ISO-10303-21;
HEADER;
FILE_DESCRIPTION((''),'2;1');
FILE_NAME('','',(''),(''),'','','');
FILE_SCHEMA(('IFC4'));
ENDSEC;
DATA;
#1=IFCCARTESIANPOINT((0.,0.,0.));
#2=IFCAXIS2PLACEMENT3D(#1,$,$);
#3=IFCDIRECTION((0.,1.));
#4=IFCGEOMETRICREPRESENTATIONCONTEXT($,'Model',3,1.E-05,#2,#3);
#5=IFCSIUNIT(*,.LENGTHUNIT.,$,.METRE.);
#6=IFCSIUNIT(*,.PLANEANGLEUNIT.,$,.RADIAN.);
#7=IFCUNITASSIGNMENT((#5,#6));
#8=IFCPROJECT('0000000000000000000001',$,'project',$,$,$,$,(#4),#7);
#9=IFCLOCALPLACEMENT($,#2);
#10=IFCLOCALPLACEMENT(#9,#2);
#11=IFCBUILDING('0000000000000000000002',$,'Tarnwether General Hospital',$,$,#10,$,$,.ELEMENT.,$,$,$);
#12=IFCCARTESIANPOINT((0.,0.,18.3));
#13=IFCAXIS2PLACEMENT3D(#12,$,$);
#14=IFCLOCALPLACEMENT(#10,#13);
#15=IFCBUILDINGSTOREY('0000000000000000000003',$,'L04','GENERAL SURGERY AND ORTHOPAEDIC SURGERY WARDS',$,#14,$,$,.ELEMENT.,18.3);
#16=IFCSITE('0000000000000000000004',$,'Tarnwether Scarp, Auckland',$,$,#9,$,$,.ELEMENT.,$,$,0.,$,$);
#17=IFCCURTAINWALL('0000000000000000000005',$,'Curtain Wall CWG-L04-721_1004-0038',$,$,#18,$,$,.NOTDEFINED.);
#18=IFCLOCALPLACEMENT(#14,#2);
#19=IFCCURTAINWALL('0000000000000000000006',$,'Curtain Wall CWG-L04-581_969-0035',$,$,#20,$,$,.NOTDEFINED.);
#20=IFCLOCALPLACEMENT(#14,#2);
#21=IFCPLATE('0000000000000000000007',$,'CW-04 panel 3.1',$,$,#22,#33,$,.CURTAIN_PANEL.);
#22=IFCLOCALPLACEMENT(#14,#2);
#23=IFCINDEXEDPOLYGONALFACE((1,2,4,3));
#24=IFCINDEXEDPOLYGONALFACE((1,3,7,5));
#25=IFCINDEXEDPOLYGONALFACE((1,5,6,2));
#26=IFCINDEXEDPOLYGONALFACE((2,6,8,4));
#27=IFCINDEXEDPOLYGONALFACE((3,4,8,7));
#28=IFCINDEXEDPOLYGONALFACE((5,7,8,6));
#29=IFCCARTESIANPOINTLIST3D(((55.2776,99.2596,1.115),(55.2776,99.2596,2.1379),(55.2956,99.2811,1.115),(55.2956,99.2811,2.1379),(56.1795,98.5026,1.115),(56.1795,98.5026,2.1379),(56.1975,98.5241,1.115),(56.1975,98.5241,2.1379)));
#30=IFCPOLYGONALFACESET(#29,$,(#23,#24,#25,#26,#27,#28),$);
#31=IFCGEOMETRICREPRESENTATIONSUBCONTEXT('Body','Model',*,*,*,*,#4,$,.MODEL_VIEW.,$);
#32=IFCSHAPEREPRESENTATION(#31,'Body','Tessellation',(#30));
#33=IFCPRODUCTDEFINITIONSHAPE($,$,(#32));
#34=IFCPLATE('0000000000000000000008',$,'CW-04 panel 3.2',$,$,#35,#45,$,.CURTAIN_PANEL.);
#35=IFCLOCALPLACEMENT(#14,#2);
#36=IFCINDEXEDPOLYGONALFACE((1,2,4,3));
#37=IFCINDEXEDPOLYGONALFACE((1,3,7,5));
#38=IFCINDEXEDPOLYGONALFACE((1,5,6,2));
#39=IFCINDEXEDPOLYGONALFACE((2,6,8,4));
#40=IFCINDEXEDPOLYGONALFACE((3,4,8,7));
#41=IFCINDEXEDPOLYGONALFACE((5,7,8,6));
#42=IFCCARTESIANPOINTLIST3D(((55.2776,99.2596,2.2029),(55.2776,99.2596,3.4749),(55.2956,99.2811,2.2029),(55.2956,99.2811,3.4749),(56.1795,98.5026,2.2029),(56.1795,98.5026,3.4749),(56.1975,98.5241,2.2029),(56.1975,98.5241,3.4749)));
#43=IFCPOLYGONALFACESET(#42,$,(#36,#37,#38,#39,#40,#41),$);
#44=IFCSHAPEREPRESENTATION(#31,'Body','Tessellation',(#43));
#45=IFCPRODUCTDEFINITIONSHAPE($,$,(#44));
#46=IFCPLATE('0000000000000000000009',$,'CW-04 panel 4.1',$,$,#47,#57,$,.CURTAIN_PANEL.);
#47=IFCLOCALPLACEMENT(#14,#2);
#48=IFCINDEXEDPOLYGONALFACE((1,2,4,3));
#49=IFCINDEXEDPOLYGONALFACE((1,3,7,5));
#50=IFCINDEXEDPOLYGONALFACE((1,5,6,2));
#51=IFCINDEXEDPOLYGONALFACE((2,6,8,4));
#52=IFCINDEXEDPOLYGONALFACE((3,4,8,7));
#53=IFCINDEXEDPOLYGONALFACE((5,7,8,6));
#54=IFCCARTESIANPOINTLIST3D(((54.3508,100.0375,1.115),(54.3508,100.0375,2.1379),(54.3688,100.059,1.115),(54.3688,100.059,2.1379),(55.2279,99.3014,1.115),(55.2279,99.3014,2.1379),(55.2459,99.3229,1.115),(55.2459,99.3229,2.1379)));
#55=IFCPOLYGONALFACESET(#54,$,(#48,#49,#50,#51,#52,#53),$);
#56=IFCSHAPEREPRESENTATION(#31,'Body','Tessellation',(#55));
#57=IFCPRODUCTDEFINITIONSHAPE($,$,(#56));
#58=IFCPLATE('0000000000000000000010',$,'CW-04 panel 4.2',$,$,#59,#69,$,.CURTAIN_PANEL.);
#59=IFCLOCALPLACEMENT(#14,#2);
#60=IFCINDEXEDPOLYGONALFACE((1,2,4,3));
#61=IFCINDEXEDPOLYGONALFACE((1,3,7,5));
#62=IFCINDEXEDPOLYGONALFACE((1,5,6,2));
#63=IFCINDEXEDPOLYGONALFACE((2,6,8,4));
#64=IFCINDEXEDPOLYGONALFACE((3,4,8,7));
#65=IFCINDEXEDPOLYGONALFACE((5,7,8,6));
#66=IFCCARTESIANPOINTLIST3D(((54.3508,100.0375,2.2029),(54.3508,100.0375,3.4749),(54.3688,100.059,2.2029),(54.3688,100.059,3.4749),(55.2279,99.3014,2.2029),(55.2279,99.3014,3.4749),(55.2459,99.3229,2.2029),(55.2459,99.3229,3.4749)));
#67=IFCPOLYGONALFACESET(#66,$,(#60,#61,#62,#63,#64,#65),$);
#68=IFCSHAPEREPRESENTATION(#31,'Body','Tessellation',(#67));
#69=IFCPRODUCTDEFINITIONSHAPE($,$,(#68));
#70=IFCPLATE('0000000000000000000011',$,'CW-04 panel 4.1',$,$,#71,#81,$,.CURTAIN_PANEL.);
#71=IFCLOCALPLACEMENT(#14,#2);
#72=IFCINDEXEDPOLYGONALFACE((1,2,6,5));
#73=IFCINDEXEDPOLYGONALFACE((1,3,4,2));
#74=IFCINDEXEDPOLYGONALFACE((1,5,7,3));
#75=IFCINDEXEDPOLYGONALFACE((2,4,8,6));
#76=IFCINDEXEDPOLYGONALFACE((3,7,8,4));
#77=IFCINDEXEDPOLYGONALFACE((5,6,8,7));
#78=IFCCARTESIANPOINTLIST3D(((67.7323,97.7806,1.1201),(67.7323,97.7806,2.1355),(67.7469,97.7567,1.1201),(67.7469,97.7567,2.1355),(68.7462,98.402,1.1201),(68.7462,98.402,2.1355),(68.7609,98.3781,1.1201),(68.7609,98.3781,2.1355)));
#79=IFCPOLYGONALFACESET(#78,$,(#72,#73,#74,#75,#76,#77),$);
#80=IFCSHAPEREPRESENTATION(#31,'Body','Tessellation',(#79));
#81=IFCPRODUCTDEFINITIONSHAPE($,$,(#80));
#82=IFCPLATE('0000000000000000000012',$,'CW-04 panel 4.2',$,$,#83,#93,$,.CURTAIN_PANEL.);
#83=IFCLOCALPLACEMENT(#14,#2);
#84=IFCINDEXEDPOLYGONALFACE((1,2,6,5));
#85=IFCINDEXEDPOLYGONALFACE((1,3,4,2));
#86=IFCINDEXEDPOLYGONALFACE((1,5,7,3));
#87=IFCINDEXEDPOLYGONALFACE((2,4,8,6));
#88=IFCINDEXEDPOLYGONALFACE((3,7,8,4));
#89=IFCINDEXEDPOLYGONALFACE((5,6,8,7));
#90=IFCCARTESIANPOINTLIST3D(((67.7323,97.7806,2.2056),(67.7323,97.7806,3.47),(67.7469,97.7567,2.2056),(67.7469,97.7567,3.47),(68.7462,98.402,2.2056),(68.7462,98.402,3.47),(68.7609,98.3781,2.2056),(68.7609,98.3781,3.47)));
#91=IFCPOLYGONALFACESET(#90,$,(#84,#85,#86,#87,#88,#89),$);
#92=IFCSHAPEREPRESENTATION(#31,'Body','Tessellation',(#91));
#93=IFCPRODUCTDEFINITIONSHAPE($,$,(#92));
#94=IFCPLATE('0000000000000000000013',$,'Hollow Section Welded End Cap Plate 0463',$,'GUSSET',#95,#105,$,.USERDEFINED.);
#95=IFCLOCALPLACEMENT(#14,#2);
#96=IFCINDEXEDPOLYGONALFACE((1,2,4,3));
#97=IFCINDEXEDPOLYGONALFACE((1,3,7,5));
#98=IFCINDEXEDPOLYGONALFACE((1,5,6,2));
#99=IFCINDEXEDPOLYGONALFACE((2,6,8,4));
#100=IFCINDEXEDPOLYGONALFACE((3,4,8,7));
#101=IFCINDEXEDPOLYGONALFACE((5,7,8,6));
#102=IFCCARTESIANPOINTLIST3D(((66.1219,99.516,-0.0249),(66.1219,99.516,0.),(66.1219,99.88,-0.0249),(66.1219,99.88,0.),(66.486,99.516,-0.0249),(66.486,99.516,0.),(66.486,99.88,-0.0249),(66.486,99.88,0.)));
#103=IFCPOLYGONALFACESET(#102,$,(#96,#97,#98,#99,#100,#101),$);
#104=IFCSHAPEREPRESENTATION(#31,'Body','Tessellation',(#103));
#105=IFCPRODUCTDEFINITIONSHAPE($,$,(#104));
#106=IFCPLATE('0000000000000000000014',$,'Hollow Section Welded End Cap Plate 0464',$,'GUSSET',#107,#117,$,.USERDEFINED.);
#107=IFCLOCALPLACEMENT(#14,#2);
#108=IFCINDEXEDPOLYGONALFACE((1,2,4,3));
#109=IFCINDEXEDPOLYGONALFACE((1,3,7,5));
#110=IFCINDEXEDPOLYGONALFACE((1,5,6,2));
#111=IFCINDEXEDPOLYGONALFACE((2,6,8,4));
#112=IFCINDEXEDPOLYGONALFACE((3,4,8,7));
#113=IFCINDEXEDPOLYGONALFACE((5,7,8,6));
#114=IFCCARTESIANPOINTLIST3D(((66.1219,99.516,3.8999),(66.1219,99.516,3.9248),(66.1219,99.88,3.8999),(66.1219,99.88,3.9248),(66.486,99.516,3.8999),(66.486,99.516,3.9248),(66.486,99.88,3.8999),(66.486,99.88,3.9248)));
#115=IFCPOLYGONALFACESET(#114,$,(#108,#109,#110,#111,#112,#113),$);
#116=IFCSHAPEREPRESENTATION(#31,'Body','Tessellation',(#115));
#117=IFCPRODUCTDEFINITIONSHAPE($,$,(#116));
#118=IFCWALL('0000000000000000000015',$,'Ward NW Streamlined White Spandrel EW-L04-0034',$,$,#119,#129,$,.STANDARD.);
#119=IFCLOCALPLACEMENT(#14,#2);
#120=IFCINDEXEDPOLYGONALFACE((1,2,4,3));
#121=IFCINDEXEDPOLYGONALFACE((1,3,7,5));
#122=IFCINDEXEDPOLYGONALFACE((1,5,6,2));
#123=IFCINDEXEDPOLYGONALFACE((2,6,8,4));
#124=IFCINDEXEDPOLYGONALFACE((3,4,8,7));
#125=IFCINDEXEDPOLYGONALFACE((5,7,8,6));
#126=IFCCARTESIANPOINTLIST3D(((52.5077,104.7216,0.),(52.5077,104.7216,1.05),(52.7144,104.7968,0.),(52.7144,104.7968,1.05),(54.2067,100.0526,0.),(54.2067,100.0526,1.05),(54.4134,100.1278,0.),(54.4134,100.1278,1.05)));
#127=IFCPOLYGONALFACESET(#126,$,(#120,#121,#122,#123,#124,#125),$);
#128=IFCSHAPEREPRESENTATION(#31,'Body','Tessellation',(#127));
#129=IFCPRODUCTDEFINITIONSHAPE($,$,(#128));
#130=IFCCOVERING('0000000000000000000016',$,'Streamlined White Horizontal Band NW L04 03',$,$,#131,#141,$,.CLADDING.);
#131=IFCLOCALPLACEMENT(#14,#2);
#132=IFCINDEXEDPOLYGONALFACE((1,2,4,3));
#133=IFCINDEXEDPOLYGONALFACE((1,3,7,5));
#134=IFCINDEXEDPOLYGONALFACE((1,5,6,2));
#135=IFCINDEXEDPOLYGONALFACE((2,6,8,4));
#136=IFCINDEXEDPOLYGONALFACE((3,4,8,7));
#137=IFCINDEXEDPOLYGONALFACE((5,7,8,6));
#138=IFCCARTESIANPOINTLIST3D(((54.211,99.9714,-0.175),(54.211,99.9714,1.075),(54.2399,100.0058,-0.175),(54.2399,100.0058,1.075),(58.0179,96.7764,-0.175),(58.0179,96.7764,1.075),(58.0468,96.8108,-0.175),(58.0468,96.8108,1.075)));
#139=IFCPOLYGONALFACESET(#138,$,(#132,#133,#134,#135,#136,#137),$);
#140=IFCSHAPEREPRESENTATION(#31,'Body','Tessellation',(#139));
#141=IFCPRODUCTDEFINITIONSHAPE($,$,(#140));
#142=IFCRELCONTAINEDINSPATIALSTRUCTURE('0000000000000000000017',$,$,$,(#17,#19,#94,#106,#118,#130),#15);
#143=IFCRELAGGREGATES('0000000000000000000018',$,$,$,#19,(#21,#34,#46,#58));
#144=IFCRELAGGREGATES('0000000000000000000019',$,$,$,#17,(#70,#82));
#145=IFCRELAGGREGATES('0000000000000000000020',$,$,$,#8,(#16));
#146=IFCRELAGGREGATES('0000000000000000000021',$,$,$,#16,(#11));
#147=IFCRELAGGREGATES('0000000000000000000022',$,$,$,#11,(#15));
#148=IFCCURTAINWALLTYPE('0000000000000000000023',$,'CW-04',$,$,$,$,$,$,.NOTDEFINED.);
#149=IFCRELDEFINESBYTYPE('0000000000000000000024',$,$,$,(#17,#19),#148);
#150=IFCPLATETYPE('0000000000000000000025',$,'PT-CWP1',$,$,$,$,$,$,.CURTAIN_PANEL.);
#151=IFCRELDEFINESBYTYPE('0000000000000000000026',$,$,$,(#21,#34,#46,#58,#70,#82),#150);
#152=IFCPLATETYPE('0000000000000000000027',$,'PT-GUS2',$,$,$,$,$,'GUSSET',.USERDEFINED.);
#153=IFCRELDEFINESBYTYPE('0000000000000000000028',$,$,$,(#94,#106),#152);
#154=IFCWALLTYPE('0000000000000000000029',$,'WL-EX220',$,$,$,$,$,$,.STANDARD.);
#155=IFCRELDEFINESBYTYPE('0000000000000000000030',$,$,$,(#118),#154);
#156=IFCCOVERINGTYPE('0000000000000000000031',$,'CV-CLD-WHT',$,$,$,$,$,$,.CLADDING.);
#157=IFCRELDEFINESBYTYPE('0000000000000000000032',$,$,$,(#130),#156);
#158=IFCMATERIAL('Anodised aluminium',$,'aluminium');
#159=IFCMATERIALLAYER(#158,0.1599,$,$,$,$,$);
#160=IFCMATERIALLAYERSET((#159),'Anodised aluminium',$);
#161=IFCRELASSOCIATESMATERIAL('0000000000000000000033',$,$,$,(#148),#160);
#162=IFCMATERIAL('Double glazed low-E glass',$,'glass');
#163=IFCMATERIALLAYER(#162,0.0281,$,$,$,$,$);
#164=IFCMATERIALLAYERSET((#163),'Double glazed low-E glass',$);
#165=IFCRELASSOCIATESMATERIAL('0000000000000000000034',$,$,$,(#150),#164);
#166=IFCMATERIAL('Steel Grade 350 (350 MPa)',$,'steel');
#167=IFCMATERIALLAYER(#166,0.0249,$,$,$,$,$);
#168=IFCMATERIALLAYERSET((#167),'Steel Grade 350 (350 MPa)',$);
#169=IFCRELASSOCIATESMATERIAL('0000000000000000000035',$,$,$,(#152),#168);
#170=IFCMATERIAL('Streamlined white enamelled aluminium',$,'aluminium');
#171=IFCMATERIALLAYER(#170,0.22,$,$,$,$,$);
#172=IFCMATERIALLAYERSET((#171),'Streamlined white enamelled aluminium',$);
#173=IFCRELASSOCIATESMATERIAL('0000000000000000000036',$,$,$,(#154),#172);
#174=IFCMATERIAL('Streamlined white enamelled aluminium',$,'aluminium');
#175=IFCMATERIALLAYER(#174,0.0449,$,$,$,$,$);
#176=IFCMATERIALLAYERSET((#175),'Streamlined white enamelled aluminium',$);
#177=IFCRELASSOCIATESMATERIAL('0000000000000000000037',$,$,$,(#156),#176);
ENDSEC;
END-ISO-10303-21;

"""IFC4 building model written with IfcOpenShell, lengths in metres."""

from ifc_helpers import new_model, si_unit, direction, frame, frame_2d, origin, origin_2d, place, context, subcontext, project, spatial, rectangle, extrude, material, layer, layer_set, type_object, element, aggregate, save


model = new_model("IFC4")

# Units and contexts
model_context = context("Model", 3, precision=1e-05, world=origin(), true_north=direction((0.0, 1.0)))
body_context = subcontext(model_context, "Body", "Model", "MODEL_VIEW")
ifc_project = project(units=[si_unit("LENGTHUNIT", "METRE"), si_unit("PLANEANGLEUNIT", "RADIAN")], contexts=[model_context])

# Site, building, storey
site_placement = place(None, origin())
site = spatial("IfcSite", under=ifc_project, at=site_placement, Name="Tarnwether Scarp, Auckland", CompositionType="ELEMENT", RefElevation=0.0)
building_placement = place(site_placement, origin())
building = spatial("IfcBuilding", under=site, at=building_placement, Name="Tarnwether General Hospital", CompositionType="ELEMENT")
storey_placement = place(building_placement, frame((0.0, 0.0, 18.3)))
storey = spatial("IfcBuildingStorey", under=building, at=storey_placement, Name="L04", Description="GENERAL SURGERY AND ORTHOPAEDIC SURGERY WARDS", CompositionType="ELEMENT", Elevation=18.3)

# Shared definitions
ifc_material_1 = material(Name="Anodised aluminium", Category="aluminium")
ifc_layer_1 = layer(ifc_material_1, 0.1599)
ifc_layer_set_1 = layer_set([ifc_layer_1], Name="Anodised aluminium")
curtain_wall_type = type_object("IfcCurtainWallType", Name="CW-04", PredefinedType="NOTDEFINED", material=ifc_layer_set_1)

# Curtain wall
curtain_wall_1_placement = place(storey_placement, origin())
curtain_wall_1 = element("IfcCurtainWall", 1, at=curtain_wall_1_placement, inside=storey, type_object=curtain_wall_type, Name="Curtain Wall CWG-L04-721_1004-0038", PredefinedType="NOTDEFINED")

# Curtain wall
curtain_wall_2_placement = place(storey_placement, origin())
curtain_wall_2 = element("IfcCurtainWall", 2, at=curtain_wall_2_placement, inside=storey, type_object=curtain_wall_type, Name="Curtain Wall CWG-L04-581_969-0035", PredefinedType="NOTDEFINED")

# Plates
ifc_material_2 = material(Name="Double glazed low-E glass", Category="glass")
ifc_layer_2 = layer(ifc_material_2, 0.0281)
ifc_layer_set_2 = layer_set([ifc_layer_2], Name="Double glazed low-E glass")
plate_type_1 = type_object("IfcPlateType", Name="PT-CWP1", PredefinedType="CURTAIN_PANEL", material=ifc_layer_set_2)
plate_1_placement = place(storey_placement, frame((55.7375, 98.8918, 1.115), z_axis=(0.0, 0.0, 1.0), x_axis=(-0.76599, 0.642852, 0.0)))
plate_1 = element("IfcPlate", 3, at=plate_1_placement, type_object=plate_type_1, Name="CW-04 panel 3.1", PredefinedType="CURTAIN_PANEL", context=body_context, shape_type="SweptSolid", body=[
    extrude(rectangle(XDim=1.1775, YDim=0.0281, at=origin_2d()), origin(), (0.0, 0.0, 1.0), 1.0229),
])
plate_2_placement = place(storey_placement, frame((55.7375, 98.8918, 2.2029), z_axis=(0.0, 0.0, 1.0), x_axis=(-0.76599, 0.642852, 0.0)))
plate_2 = element("IfcPlate", 4, at=plate_2_placement, type_object=plate_type_1, Name="CW-04 panel 3.2", PredefinedType="CURTAIN_PANEL", context=body_context, shape_type="SweptSolid", body=[
    extrude(rectangle(XDim=1.1775, YDim=0.0281, at=origin_2d()), origin(), (0.0, 0.0, 1.0), 1.272),
])
plate_3_placement = place(storey_placement, frame((54.7983, 99.6802, 1.115), z_axis=(0.0, 0.0, 1.0), x_axis=(-0.76599, 0.642852, 0.0)))
plate_3 = element("IfcPlate", 5, at=plate_3_placement, type_object=plate_type_1, Name="CW-04 panel 4.1", PredefinedType="CURTAIN_PANEL", context=body_context, shape_type="SweptSolid", body=[
    extrude(rectangle(XDim=1.145, YDim=0.0281, at=origin_2d()), origin(), (0.0, 0.0, 1.0), 1.0229),
])
plate_4_placement = place(storey_placement, frame((54.7983, 99.6802, 2.2029), z_axis=(0.0, 0.0, 1.0), x_axis=(-0.76599, 0.642852, 0.0)))
plate_4 = element("IfcPlate", 6, at=plate_4_placement, type_object=plate_type_1, Name="CW-04 panel 4.2", PredefinedType="CURTAIN_PANEL", context=body_context, shape_type="SweptSolid", body=[
    extrude(rectangle(XDim=1.145, YDim=0.0281, at=origin_2d()), origin(), (0.0, 0.0, 1.0), 1.272),
])
aggregate(curtain_wall_2, [plate_1, plate_2, plate_3, plate_4])
plate_5_placement = place(storey_placement, frame((68.2466, 98.0793, 1.1201), z_axis=(0.0, 0.0, 1.0), x_axis=(-0.852632, -0.522512, 0.0)))
plate_5 = element("IfcPlate", 7, at=plate_5_placement, type_object=plate_type_1, Name="CW-04 panel 4.1", PredefinedType="CURTAIN_PANEL", context=body_context, shape_type="SweptSolid", body=[
    extrude(rectangle(XDim=1.1892, YDim=0.0281, at=origin_2d()), origin(), (0.0, 0.0, 1.0), 1.0154),
])
plate_6_placement = place(storey_placement, frame((68.2466, 98.0793, 2.2056), z_axis=(0.0, 0.0, 1.0), x_axis=(-0.852632, -0.522512, 0.0)))
plate_6 = element("IfcPlate", 8, at=plate_6_placement, type_object=plate_type_1, Name="CW-04 panel 4.2", PredefinedType="CURTAIN_PANEL", context=body_context, shape_type="SweptSolid", body=[
    extrude(rectangle(XDim=1.1892, YDim=0.0281, at=origin_2d()), origin(), (0.0, 0.0, 1.0), 1.2644),
])
aggregate(curtain_wall_1, [plate_5, plate_6])

# Plates
ifc_material_3 = material(Name="Steel Grade 350 (350 MPa)", Category="steel")
ifc_layer_3 = layer(ifc_material_3, 0.0249)
ifc_layer_set_3 = layer_set([ifc_layer_3], Name="Steel Grade 350 (350 MPa)")
plate_type_2 = type_object("IfcPlateType", Name="PT-GUS2", ElementType="GUSSET", PredefinedType="USERDEFINED", material=ifc_layer_set_3)
for number, where, z_axis, x_axis, name in (
    (9, (66.304, 99.698, -0.0249), (0.0, 0.0, 1.0), (1.0, 0.0, 0.0), "Hollow Section Welded End Cap Plate 0463"),
    (10, (66.304, 99.698, 3.8999), (0.0, 0.0, 1.0), (1.0, 0.0, 0.0), "Hollow Section Welded End Cap Plate 0464"),
):
    element("IfcPlate", number, at=place(storey_placement, frame(where, z_axis=z_axis, x_axis=x_axis)), inside=storey, type_object=plate_type_2, Name=name, ObjectType="GUSSET", PredefinedType="USERDEFINED", context=body_context, shape_type="SweptSolid", body=[
        extrude(rectangle(XDim=0.364, YDim=0.364, at=origin_2d()), origin(), (0.0, 0.0, 1.0), 0.0249),
    ])

# Wall
ifc_material_4 = material(Name="Streamlined white enamelled aluminium", Category="aluminium")
ifc_layer_4 = layer(ifc_material_4, 0.22)
ifc_layer_set_4 = layer_set([ifc_layer_4], Name="Streamlined white enamelled aluminium")
wall_type = type_object("IfcWallType", Name="WL-EX220", PredefinedType="STANDARD", material=ifc_layer_set_4)
wall_placement = place(storey_placement, frame((54.3101, 100.0901, 0.0), z_axis=(0.0, 0.0, 1.0), x_axis=(-0.341952, 0.939717, 0.0)))
element("IfcWall", 11, at=wall_placement, inside=storey, type_object=wall_type, Name="Ward NW Streamlined White Spandrel EW-L04-0034", PredefinedType="STANDARD", context=body_context, shape_type="SweptSolid", body=[
    extrude(rectangle(XDim=4.9685, YDim=0.22, at=frame_2d((2.4844, 0.0))), origin(), (0.0, 0.0, 1.0), 1.05),
])

# Covering
ifc_material_5 = material(Name="Streamlined white enamelled aluminium", Category="aluminium")
ifc_layer_5 = layer(ifc_material_5, 0.0449)
ifc_layer_set_5 = layer_set([ifc_layer_5], Name="Streamlined white enamelled aluminium")
covering_type = type_object("IfcCoveringType", Name="CV-CLD-WHT", PredefinedType="CLADDING", material=ifc_layer_set_5)
covering_placement = place(storey_placement, frame((56.1289, 98.3911, -0.175), z_axis=(0.0, 0.0, 1.0), x_axis=(-0.765988, 0.642854, 0.0)))
element("IfcCovering", 12, at=covering_placement, inside=storey, type_object=covering_type, Name="Streamlined White Horizontal Band NW L04 03", PredefinedType="CLADDING", context=body_context, shape_type="SweptSolid", body=[
    extrude(rectangle(XDim=4.97, YDim=0.0449, at=origin_2d()), origin(), (0.0, 0.0, 1.0), 1.25),
])

save(model, "model.ifc")
